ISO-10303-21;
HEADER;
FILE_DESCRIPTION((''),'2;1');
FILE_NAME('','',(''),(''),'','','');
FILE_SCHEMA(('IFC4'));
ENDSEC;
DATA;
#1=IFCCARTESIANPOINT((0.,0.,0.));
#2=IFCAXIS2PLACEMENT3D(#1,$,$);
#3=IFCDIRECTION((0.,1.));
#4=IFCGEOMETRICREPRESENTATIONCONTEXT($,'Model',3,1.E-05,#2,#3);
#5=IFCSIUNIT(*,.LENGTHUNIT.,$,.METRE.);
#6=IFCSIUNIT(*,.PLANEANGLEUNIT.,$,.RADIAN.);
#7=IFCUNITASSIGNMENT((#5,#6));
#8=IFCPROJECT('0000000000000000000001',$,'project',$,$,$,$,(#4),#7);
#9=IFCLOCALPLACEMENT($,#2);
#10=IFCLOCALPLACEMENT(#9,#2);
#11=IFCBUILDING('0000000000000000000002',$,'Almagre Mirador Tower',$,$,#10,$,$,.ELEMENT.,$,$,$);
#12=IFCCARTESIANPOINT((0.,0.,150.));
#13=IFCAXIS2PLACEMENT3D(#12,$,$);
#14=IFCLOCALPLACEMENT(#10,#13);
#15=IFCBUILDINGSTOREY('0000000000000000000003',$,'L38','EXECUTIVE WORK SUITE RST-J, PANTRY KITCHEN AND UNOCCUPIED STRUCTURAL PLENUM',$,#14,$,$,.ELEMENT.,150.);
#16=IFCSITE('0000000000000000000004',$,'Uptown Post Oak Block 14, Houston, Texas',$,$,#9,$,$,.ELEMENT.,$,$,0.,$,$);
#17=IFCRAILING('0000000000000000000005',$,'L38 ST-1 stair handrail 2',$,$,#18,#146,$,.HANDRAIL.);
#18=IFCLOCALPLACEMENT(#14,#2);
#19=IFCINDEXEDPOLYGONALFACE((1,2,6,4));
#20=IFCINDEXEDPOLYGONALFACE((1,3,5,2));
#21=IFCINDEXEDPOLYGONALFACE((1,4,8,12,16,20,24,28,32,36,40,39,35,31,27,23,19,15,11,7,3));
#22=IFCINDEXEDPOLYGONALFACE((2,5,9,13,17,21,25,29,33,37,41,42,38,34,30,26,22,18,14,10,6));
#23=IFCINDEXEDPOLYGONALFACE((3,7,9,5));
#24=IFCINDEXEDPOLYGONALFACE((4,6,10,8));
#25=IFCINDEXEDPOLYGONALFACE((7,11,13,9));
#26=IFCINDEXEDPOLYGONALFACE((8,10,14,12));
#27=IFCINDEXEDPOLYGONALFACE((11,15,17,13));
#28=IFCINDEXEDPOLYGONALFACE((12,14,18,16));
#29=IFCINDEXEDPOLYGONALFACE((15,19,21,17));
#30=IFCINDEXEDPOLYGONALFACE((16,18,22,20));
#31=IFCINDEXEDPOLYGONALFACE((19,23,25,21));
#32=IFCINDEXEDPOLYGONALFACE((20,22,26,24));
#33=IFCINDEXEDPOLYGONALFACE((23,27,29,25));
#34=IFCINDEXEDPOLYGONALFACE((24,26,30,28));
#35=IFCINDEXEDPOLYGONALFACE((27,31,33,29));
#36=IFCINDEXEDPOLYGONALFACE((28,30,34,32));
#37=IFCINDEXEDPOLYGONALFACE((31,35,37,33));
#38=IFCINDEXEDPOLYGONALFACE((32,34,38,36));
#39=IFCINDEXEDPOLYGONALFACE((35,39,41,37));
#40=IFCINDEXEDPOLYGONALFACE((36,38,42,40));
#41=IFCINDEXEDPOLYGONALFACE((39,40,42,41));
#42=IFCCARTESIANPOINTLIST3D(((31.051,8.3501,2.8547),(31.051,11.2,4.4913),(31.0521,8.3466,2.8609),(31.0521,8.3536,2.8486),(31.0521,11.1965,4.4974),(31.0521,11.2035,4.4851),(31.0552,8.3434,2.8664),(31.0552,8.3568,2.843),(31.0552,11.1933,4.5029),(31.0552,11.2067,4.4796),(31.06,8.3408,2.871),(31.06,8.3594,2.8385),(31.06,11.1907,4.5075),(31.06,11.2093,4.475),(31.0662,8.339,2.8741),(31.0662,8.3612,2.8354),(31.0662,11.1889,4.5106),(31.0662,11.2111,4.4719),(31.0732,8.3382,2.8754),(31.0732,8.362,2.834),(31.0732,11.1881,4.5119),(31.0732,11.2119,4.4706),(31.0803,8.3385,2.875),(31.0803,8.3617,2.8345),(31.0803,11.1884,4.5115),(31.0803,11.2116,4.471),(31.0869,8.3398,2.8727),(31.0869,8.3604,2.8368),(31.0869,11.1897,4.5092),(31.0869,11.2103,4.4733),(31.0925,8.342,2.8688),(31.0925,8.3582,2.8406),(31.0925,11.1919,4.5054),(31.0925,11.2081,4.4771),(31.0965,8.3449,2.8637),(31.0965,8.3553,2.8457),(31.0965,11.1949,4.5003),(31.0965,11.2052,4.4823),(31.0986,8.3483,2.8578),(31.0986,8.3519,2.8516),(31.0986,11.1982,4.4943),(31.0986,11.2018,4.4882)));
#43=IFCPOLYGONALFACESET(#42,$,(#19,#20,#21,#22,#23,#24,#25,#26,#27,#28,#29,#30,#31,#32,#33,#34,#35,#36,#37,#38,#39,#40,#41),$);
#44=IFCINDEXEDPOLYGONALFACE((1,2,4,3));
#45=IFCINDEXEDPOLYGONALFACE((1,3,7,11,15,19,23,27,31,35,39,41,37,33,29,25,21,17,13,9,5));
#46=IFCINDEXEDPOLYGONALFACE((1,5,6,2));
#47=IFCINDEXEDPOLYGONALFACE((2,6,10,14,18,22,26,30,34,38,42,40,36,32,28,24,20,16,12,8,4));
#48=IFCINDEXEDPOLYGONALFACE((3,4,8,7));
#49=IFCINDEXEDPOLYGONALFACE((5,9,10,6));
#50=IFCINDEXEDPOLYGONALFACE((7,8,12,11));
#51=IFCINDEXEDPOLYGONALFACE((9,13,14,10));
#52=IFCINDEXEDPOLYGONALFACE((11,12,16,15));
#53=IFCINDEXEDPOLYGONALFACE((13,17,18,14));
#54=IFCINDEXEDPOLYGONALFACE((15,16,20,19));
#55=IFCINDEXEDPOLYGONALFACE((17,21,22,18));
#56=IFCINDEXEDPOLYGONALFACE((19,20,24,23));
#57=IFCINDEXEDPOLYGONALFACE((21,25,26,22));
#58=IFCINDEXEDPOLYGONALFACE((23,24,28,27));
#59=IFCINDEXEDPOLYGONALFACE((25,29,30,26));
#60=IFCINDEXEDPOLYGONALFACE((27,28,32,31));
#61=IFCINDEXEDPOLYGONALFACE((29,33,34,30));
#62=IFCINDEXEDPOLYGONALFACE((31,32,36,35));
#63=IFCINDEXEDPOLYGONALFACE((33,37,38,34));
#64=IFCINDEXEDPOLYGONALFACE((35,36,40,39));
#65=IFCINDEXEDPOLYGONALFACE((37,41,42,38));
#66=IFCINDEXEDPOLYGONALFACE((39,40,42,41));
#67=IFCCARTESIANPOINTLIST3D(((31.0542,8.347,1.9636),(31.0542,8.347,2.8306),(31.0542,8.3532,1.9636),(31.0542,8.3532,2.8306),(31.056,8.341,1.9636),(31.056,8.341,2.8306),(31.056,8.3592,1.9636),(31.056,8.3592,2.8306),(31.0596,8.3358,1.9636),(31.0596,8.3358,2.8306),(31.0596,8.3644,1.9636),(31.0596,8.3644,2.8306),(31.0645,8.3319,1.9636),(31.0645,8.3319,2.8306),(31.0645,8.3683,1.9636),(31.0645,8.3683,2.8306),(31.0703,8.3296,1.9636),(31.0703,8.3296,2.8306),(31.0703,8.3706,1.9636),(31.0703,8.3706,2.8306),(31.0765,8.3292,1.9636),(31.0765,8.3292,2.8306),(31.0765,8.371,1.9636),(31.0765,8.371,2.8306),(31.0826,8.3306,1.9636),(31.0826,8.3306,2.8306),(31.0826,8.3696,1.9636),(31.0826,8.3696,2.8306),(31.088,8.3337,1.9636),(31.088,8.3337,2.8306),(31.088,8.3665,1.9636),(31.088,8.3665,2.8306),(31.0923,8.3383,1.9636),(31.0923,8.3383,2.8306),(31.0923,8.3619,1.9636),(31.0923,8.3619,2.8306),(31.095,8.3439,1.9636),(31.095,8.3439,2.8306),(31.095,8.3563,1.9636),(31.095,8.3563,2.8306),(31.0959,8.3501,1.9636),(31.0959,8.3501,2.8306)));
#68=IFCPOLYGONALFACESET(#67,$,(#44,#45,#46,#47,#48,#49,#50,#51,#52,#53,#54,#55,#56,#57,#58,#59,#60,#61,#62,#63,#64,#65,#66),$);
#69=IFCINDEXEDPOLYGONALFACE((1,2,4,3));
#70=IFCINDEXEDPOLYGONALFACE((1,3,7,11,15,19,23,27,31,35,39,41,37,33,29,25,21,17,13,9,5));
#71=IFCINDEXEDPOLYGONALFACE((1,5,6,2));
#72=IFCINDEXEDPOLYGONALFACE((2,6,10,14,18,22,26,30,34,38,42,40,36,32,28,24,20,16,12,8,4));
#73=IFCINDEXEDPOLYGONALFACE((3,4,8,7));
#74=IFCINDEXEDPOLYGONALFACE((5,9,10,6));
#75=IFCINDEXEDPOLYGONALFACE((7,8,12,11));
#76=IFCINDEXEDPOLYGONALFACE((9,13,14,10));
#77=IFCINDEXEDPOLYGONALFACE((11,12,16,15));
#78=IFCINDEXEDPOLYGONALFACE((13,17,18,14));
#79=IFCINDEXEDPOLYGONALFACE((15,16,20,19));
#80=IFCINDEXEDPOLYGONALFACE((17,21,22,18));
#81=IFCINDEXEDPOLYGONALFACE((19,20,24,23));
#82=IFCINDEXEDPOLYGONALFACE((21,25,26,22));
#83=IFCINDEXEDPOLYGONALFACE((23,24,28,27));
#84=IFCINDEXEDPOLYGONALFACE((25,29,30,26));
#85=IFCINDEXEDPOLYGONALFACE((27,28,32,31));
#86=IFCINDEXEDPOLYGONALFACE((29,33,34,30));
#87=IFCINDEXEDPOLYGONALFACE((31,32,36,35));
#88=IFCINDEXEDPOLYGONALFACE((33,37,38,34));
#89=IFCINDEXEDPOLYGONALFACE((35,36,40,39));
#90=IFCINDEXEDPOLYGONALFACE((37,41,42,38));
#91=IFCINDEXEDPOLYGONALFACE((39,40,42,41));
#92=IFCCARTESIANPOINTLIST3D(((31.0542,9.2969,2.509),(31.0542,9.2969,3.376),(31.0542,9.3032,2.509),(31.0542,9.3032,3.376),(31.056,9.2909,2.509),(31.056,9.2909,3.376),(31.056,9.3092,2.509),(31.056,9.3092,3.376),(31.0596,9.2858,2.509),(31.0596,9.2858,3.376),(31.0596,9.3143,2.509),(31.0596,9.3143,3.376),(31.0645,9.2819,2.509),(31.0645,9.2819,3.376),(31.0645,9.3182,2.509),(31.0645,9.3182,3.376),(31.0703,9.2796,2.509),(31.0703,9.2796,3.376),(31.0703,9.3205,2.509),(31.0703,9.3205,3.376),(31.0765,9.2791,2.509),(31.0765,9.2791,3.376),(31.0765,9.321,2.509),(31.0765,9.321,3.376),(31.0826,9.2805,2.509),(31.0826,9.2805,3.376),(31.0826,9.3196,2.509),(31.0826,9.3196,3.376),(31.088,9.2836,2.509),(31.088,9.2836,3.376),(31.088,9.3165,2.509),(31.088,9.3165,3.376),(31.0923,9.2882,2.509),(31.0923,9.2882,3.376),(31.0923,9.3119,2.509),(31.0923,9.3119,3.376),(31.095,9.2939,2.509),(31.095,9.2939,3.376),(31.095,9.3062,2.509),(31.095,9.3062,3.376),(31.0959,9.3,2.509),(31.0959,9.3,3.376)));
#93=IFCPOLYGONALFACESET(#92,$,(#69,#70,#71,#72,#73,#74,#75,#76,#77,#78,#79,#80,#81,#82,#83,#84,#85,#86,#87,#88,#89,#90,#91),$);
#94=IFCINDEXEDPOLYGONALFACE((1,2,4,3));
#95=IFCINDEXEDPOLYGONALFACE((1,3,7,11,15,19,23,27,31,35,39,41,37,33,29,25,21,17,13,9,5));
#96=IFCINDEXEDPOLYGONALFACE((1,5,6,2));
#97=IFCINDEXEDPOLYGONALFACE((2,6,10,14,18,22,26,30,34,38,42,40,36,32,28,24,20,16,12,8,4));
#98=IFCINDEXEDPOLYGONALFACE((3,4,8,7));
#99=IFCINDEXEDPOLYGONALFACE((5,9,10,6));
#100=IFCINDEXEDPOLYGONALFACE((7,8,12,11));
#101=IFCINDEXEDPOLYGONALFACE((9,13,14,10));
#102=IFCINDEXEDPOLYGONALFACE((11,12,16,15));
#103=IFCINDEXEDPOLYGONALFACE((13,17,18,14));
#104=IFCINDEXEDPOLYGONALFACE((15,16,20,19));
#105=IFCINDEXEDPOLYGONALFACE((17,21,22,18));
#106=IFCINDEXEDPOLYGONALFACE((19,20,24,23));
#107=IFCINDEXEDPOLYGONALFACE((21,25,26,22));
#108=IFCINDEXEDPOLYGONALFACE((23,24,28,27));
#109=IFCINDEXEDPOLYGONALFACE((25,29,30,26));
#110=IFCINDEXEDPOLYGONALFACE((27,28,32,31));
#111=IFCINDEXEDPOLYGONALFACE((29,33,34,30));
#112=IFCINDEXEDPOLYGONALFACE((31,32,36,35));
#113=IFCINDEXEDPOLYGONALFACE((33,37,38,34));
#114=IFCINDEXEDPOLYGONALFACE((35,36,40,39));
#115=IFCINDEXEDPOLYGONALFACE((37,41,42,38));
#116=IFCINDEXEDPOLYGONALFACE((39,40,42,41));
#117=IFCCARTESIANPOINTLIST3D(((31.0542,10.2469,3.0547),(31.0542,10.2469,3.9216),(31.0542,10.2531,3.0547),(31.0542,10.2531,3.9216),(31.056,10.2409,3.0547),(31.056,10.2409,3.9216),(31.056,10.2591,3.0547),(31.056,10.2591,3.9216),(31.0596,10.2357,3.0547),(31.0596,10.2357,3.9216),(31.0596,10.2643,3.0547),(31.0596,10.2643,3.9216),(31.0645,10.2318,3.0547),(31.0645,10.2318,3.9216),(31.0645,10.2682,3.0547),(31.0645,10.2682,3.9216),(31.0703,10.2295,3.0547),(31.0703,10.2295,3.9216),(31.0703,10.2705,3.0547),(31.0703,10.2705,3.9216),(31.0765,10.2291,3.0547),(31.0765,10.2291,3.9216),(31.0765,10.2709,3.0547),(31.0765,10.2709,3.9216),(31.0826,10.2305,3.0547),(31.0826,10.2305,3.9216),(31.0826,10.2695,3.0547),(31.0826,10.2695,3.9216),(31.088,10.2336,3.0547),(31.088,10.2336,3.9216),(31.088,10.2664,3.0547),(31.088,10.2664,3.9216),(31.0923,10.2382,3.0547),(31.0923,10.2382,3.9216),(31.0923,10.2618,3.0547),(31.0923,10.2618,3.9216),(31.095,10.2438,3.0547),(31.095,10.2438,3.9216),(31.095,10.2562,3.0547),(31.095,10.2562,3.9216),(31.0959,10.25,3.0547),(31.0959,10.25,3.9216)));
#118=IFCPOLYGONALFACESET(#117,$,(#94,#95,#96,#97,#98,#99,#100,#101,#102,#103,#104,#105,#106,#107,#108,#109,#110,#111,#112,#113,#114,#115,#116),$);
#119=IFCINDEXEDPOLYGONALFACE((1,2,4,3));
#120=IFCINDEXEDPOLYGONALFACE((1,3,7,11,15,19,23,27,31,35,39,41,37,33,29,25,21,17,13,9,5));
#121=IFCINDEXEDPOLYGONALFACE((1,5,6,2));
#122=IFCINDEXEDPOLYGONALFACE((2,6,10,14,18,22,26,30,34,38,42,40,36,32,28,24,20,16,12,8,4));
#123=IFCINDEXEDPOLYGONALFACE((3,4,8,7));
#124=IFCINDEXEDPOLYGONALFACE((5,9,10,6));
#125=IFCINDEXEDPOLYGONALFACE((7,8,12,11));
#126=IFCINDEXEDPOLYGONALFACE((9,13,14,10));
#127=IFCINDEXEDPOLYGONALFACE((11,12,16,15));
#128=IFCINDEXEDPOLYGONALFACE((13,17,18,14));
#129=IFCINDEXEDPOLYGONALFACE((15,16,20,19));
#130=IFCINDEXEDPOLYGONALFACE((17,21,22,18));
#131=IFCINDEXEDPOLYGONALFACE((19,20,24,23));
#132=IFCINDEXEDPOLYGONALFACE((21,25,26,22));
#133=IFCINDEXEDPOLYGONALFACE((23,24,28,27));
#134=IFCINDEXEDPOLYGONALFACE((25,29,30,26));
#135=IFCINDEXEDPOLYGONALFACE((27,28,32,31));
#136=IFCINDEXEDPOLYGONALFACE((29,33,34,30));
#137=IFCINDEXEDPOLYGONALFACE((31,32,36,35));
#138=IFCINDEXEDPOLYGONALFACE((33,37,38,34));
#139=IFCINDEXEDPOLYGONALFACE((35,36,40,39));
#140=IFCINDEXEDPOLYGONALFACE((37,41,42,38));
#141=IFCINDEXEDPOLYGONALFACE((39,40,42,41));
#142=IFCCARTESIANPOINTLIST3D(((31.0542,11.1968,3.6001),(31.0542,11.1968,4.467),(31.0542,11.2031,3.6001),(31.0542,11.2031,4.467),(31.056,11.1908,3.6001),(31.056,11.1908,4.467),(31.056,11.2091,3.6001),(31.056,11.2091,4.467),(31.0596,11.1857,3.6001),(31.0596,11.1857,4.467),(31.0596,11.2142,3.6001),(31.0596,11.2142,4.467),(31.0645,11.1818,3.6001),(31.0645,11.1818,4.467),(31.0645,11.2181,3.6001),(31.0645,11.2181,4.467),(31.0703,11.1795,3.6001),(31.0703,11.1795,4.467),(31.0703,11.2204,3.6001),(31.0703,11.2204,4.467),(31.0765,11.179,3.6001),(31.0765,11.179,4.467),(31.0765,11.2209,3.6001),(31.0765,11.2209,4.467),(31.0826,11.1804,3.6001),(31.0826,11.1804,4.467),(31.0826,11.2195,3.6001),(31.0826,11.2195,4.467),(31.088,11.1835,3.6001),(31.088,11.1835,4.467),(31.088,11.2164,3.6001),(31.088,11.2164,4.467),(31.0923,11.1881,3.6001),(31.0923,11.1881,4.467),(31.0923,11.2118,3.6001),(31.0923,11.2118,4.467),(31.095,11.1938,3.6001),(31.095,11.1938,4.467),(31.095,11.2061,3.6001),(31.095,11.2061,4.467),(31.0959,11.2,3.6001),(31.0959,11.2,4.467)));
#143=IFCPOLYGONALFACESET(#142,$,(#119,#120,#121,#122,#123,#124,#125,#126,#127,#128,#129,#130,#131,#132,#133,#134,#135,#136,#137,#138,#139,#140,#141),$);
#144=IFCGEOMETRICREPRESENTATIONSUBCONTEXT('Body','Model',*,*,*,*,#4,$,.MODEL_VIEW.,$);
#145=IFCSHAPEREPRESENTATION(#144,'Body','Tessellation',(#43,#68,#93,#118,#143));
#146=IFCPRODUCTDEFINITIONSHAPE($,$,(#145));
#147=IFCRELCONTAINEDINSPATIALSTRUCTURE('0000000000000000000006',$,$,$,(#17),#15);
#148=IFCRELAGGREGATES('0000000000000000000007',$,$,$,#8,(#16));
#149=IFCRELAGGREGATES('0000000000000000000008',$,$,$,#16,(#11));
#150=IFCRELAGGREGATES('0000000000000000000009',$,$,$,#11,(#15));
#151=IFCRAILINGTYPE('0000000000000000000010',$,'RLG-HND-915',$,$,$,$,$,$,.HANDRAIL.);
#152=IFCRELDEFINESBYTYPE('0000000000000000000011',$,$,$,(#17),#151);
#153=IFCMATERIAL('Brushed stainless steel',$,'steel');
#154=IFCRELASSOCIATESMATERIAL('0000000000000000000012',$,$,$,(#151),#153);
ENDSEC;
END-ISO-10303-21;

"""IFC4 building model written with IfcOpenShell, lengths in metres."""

from ifc_helpers import new_model, si_unit, direction, frame, origin, origin_2d, place, context, subcontext, project, spatial, circle, extrude, material, type_object, element, save


model = new_model("IFC4")

# Units and contexts
model_context = context("Model", 3, precision=1e-05, world=origin(), true_north=direction((0.0, 1.0)))
body_context = subcontext(model_context, "Body", "Model", "MODEL_VIEW")
ifc_project = project(units=[si_unit("LENGTHUNIT", "METRE"), si_unit("PLANEANGLEUNIT", "RADIAN")], contexts=[model_context])

# Site, building, storey
site_placement = place(None, origin())
site = spatial("IfcSite", under=ifc_project, at=site_placement, Name="Uptown Post Oak Block 14, Houston, Texas", CompositionType="ELEMENT", RefElevation=0.0)
building_placement = place(site_placement, origin())
building = spatial("IfcBuilding", under=site, at=building_placement, Name="Almagre Mirador Tower", CompositionType="ELEMENT")
storey_placement = place(building_placement, frame((0.0, 0.0, 150.0)))
storey = spatial("IfcBuildingStorey", under=building, at=storey_placement, Name="L38", Description="EXECUTIVE WORK SUITE RST-J, PANTRY KITCHEN AND UNOCCUPIED STRUCTURAL PLENUM", CompositionType="ELEMENT", Elevation=150.0)

# Railing
ifc_material_1 = material(Name="Brushed stainless steel", Category="steel")
railing_type_1 = type_object("IfcRailingType", Name="RLG-HND-915", PredefinedType="HANDRAIL", material=ifc_material_1)
railing_1_placement = place(storey_placement, frame((31.075, 8.3501, 1.9636)))
element("IfcRailing", 1, at=railing_1_placement, inside=storey, type_object=railing_type_1, Name="L38 ST-1 stair handrail 2", PredefinedType="HANDRAIL", context=body_context, shape_type="SweptSolid", body=[
    extrude(circle(Radius=0.0239, at=origin_2d()), frame((0.0, 0.0, 0.8911), z_axis=(0.0, 0.867194, 0.49797), x_axis=(-1.0, 0.0, 0.0)), (0.0, 0.0, 1.0), 3.2864),
    extrude(circle(Radius=0.021, at=origin_2d()), origin(), (0.0, 0.0, 1.0), 0.8669),
    extrude(circle(Radius=0.021, at=origin_2d()), frame((0.0, 0.95, 0.5454)), (0.0, 0.0, 1.0), 0.8669),
    extrude(circle(Radius=0.021, at=origin_2d()), frame((0.0, 1.8999, 1.0911)), (0.0, 0.0, 1.0), 0.8669),
    extrude(circle(Radius=0.021, at=origin_2d()), frame((0.0, 2.8499, 1.6365)), (0.0, 0.0, 1.0), 0.8669),
])

save(model, "model.ifc")
